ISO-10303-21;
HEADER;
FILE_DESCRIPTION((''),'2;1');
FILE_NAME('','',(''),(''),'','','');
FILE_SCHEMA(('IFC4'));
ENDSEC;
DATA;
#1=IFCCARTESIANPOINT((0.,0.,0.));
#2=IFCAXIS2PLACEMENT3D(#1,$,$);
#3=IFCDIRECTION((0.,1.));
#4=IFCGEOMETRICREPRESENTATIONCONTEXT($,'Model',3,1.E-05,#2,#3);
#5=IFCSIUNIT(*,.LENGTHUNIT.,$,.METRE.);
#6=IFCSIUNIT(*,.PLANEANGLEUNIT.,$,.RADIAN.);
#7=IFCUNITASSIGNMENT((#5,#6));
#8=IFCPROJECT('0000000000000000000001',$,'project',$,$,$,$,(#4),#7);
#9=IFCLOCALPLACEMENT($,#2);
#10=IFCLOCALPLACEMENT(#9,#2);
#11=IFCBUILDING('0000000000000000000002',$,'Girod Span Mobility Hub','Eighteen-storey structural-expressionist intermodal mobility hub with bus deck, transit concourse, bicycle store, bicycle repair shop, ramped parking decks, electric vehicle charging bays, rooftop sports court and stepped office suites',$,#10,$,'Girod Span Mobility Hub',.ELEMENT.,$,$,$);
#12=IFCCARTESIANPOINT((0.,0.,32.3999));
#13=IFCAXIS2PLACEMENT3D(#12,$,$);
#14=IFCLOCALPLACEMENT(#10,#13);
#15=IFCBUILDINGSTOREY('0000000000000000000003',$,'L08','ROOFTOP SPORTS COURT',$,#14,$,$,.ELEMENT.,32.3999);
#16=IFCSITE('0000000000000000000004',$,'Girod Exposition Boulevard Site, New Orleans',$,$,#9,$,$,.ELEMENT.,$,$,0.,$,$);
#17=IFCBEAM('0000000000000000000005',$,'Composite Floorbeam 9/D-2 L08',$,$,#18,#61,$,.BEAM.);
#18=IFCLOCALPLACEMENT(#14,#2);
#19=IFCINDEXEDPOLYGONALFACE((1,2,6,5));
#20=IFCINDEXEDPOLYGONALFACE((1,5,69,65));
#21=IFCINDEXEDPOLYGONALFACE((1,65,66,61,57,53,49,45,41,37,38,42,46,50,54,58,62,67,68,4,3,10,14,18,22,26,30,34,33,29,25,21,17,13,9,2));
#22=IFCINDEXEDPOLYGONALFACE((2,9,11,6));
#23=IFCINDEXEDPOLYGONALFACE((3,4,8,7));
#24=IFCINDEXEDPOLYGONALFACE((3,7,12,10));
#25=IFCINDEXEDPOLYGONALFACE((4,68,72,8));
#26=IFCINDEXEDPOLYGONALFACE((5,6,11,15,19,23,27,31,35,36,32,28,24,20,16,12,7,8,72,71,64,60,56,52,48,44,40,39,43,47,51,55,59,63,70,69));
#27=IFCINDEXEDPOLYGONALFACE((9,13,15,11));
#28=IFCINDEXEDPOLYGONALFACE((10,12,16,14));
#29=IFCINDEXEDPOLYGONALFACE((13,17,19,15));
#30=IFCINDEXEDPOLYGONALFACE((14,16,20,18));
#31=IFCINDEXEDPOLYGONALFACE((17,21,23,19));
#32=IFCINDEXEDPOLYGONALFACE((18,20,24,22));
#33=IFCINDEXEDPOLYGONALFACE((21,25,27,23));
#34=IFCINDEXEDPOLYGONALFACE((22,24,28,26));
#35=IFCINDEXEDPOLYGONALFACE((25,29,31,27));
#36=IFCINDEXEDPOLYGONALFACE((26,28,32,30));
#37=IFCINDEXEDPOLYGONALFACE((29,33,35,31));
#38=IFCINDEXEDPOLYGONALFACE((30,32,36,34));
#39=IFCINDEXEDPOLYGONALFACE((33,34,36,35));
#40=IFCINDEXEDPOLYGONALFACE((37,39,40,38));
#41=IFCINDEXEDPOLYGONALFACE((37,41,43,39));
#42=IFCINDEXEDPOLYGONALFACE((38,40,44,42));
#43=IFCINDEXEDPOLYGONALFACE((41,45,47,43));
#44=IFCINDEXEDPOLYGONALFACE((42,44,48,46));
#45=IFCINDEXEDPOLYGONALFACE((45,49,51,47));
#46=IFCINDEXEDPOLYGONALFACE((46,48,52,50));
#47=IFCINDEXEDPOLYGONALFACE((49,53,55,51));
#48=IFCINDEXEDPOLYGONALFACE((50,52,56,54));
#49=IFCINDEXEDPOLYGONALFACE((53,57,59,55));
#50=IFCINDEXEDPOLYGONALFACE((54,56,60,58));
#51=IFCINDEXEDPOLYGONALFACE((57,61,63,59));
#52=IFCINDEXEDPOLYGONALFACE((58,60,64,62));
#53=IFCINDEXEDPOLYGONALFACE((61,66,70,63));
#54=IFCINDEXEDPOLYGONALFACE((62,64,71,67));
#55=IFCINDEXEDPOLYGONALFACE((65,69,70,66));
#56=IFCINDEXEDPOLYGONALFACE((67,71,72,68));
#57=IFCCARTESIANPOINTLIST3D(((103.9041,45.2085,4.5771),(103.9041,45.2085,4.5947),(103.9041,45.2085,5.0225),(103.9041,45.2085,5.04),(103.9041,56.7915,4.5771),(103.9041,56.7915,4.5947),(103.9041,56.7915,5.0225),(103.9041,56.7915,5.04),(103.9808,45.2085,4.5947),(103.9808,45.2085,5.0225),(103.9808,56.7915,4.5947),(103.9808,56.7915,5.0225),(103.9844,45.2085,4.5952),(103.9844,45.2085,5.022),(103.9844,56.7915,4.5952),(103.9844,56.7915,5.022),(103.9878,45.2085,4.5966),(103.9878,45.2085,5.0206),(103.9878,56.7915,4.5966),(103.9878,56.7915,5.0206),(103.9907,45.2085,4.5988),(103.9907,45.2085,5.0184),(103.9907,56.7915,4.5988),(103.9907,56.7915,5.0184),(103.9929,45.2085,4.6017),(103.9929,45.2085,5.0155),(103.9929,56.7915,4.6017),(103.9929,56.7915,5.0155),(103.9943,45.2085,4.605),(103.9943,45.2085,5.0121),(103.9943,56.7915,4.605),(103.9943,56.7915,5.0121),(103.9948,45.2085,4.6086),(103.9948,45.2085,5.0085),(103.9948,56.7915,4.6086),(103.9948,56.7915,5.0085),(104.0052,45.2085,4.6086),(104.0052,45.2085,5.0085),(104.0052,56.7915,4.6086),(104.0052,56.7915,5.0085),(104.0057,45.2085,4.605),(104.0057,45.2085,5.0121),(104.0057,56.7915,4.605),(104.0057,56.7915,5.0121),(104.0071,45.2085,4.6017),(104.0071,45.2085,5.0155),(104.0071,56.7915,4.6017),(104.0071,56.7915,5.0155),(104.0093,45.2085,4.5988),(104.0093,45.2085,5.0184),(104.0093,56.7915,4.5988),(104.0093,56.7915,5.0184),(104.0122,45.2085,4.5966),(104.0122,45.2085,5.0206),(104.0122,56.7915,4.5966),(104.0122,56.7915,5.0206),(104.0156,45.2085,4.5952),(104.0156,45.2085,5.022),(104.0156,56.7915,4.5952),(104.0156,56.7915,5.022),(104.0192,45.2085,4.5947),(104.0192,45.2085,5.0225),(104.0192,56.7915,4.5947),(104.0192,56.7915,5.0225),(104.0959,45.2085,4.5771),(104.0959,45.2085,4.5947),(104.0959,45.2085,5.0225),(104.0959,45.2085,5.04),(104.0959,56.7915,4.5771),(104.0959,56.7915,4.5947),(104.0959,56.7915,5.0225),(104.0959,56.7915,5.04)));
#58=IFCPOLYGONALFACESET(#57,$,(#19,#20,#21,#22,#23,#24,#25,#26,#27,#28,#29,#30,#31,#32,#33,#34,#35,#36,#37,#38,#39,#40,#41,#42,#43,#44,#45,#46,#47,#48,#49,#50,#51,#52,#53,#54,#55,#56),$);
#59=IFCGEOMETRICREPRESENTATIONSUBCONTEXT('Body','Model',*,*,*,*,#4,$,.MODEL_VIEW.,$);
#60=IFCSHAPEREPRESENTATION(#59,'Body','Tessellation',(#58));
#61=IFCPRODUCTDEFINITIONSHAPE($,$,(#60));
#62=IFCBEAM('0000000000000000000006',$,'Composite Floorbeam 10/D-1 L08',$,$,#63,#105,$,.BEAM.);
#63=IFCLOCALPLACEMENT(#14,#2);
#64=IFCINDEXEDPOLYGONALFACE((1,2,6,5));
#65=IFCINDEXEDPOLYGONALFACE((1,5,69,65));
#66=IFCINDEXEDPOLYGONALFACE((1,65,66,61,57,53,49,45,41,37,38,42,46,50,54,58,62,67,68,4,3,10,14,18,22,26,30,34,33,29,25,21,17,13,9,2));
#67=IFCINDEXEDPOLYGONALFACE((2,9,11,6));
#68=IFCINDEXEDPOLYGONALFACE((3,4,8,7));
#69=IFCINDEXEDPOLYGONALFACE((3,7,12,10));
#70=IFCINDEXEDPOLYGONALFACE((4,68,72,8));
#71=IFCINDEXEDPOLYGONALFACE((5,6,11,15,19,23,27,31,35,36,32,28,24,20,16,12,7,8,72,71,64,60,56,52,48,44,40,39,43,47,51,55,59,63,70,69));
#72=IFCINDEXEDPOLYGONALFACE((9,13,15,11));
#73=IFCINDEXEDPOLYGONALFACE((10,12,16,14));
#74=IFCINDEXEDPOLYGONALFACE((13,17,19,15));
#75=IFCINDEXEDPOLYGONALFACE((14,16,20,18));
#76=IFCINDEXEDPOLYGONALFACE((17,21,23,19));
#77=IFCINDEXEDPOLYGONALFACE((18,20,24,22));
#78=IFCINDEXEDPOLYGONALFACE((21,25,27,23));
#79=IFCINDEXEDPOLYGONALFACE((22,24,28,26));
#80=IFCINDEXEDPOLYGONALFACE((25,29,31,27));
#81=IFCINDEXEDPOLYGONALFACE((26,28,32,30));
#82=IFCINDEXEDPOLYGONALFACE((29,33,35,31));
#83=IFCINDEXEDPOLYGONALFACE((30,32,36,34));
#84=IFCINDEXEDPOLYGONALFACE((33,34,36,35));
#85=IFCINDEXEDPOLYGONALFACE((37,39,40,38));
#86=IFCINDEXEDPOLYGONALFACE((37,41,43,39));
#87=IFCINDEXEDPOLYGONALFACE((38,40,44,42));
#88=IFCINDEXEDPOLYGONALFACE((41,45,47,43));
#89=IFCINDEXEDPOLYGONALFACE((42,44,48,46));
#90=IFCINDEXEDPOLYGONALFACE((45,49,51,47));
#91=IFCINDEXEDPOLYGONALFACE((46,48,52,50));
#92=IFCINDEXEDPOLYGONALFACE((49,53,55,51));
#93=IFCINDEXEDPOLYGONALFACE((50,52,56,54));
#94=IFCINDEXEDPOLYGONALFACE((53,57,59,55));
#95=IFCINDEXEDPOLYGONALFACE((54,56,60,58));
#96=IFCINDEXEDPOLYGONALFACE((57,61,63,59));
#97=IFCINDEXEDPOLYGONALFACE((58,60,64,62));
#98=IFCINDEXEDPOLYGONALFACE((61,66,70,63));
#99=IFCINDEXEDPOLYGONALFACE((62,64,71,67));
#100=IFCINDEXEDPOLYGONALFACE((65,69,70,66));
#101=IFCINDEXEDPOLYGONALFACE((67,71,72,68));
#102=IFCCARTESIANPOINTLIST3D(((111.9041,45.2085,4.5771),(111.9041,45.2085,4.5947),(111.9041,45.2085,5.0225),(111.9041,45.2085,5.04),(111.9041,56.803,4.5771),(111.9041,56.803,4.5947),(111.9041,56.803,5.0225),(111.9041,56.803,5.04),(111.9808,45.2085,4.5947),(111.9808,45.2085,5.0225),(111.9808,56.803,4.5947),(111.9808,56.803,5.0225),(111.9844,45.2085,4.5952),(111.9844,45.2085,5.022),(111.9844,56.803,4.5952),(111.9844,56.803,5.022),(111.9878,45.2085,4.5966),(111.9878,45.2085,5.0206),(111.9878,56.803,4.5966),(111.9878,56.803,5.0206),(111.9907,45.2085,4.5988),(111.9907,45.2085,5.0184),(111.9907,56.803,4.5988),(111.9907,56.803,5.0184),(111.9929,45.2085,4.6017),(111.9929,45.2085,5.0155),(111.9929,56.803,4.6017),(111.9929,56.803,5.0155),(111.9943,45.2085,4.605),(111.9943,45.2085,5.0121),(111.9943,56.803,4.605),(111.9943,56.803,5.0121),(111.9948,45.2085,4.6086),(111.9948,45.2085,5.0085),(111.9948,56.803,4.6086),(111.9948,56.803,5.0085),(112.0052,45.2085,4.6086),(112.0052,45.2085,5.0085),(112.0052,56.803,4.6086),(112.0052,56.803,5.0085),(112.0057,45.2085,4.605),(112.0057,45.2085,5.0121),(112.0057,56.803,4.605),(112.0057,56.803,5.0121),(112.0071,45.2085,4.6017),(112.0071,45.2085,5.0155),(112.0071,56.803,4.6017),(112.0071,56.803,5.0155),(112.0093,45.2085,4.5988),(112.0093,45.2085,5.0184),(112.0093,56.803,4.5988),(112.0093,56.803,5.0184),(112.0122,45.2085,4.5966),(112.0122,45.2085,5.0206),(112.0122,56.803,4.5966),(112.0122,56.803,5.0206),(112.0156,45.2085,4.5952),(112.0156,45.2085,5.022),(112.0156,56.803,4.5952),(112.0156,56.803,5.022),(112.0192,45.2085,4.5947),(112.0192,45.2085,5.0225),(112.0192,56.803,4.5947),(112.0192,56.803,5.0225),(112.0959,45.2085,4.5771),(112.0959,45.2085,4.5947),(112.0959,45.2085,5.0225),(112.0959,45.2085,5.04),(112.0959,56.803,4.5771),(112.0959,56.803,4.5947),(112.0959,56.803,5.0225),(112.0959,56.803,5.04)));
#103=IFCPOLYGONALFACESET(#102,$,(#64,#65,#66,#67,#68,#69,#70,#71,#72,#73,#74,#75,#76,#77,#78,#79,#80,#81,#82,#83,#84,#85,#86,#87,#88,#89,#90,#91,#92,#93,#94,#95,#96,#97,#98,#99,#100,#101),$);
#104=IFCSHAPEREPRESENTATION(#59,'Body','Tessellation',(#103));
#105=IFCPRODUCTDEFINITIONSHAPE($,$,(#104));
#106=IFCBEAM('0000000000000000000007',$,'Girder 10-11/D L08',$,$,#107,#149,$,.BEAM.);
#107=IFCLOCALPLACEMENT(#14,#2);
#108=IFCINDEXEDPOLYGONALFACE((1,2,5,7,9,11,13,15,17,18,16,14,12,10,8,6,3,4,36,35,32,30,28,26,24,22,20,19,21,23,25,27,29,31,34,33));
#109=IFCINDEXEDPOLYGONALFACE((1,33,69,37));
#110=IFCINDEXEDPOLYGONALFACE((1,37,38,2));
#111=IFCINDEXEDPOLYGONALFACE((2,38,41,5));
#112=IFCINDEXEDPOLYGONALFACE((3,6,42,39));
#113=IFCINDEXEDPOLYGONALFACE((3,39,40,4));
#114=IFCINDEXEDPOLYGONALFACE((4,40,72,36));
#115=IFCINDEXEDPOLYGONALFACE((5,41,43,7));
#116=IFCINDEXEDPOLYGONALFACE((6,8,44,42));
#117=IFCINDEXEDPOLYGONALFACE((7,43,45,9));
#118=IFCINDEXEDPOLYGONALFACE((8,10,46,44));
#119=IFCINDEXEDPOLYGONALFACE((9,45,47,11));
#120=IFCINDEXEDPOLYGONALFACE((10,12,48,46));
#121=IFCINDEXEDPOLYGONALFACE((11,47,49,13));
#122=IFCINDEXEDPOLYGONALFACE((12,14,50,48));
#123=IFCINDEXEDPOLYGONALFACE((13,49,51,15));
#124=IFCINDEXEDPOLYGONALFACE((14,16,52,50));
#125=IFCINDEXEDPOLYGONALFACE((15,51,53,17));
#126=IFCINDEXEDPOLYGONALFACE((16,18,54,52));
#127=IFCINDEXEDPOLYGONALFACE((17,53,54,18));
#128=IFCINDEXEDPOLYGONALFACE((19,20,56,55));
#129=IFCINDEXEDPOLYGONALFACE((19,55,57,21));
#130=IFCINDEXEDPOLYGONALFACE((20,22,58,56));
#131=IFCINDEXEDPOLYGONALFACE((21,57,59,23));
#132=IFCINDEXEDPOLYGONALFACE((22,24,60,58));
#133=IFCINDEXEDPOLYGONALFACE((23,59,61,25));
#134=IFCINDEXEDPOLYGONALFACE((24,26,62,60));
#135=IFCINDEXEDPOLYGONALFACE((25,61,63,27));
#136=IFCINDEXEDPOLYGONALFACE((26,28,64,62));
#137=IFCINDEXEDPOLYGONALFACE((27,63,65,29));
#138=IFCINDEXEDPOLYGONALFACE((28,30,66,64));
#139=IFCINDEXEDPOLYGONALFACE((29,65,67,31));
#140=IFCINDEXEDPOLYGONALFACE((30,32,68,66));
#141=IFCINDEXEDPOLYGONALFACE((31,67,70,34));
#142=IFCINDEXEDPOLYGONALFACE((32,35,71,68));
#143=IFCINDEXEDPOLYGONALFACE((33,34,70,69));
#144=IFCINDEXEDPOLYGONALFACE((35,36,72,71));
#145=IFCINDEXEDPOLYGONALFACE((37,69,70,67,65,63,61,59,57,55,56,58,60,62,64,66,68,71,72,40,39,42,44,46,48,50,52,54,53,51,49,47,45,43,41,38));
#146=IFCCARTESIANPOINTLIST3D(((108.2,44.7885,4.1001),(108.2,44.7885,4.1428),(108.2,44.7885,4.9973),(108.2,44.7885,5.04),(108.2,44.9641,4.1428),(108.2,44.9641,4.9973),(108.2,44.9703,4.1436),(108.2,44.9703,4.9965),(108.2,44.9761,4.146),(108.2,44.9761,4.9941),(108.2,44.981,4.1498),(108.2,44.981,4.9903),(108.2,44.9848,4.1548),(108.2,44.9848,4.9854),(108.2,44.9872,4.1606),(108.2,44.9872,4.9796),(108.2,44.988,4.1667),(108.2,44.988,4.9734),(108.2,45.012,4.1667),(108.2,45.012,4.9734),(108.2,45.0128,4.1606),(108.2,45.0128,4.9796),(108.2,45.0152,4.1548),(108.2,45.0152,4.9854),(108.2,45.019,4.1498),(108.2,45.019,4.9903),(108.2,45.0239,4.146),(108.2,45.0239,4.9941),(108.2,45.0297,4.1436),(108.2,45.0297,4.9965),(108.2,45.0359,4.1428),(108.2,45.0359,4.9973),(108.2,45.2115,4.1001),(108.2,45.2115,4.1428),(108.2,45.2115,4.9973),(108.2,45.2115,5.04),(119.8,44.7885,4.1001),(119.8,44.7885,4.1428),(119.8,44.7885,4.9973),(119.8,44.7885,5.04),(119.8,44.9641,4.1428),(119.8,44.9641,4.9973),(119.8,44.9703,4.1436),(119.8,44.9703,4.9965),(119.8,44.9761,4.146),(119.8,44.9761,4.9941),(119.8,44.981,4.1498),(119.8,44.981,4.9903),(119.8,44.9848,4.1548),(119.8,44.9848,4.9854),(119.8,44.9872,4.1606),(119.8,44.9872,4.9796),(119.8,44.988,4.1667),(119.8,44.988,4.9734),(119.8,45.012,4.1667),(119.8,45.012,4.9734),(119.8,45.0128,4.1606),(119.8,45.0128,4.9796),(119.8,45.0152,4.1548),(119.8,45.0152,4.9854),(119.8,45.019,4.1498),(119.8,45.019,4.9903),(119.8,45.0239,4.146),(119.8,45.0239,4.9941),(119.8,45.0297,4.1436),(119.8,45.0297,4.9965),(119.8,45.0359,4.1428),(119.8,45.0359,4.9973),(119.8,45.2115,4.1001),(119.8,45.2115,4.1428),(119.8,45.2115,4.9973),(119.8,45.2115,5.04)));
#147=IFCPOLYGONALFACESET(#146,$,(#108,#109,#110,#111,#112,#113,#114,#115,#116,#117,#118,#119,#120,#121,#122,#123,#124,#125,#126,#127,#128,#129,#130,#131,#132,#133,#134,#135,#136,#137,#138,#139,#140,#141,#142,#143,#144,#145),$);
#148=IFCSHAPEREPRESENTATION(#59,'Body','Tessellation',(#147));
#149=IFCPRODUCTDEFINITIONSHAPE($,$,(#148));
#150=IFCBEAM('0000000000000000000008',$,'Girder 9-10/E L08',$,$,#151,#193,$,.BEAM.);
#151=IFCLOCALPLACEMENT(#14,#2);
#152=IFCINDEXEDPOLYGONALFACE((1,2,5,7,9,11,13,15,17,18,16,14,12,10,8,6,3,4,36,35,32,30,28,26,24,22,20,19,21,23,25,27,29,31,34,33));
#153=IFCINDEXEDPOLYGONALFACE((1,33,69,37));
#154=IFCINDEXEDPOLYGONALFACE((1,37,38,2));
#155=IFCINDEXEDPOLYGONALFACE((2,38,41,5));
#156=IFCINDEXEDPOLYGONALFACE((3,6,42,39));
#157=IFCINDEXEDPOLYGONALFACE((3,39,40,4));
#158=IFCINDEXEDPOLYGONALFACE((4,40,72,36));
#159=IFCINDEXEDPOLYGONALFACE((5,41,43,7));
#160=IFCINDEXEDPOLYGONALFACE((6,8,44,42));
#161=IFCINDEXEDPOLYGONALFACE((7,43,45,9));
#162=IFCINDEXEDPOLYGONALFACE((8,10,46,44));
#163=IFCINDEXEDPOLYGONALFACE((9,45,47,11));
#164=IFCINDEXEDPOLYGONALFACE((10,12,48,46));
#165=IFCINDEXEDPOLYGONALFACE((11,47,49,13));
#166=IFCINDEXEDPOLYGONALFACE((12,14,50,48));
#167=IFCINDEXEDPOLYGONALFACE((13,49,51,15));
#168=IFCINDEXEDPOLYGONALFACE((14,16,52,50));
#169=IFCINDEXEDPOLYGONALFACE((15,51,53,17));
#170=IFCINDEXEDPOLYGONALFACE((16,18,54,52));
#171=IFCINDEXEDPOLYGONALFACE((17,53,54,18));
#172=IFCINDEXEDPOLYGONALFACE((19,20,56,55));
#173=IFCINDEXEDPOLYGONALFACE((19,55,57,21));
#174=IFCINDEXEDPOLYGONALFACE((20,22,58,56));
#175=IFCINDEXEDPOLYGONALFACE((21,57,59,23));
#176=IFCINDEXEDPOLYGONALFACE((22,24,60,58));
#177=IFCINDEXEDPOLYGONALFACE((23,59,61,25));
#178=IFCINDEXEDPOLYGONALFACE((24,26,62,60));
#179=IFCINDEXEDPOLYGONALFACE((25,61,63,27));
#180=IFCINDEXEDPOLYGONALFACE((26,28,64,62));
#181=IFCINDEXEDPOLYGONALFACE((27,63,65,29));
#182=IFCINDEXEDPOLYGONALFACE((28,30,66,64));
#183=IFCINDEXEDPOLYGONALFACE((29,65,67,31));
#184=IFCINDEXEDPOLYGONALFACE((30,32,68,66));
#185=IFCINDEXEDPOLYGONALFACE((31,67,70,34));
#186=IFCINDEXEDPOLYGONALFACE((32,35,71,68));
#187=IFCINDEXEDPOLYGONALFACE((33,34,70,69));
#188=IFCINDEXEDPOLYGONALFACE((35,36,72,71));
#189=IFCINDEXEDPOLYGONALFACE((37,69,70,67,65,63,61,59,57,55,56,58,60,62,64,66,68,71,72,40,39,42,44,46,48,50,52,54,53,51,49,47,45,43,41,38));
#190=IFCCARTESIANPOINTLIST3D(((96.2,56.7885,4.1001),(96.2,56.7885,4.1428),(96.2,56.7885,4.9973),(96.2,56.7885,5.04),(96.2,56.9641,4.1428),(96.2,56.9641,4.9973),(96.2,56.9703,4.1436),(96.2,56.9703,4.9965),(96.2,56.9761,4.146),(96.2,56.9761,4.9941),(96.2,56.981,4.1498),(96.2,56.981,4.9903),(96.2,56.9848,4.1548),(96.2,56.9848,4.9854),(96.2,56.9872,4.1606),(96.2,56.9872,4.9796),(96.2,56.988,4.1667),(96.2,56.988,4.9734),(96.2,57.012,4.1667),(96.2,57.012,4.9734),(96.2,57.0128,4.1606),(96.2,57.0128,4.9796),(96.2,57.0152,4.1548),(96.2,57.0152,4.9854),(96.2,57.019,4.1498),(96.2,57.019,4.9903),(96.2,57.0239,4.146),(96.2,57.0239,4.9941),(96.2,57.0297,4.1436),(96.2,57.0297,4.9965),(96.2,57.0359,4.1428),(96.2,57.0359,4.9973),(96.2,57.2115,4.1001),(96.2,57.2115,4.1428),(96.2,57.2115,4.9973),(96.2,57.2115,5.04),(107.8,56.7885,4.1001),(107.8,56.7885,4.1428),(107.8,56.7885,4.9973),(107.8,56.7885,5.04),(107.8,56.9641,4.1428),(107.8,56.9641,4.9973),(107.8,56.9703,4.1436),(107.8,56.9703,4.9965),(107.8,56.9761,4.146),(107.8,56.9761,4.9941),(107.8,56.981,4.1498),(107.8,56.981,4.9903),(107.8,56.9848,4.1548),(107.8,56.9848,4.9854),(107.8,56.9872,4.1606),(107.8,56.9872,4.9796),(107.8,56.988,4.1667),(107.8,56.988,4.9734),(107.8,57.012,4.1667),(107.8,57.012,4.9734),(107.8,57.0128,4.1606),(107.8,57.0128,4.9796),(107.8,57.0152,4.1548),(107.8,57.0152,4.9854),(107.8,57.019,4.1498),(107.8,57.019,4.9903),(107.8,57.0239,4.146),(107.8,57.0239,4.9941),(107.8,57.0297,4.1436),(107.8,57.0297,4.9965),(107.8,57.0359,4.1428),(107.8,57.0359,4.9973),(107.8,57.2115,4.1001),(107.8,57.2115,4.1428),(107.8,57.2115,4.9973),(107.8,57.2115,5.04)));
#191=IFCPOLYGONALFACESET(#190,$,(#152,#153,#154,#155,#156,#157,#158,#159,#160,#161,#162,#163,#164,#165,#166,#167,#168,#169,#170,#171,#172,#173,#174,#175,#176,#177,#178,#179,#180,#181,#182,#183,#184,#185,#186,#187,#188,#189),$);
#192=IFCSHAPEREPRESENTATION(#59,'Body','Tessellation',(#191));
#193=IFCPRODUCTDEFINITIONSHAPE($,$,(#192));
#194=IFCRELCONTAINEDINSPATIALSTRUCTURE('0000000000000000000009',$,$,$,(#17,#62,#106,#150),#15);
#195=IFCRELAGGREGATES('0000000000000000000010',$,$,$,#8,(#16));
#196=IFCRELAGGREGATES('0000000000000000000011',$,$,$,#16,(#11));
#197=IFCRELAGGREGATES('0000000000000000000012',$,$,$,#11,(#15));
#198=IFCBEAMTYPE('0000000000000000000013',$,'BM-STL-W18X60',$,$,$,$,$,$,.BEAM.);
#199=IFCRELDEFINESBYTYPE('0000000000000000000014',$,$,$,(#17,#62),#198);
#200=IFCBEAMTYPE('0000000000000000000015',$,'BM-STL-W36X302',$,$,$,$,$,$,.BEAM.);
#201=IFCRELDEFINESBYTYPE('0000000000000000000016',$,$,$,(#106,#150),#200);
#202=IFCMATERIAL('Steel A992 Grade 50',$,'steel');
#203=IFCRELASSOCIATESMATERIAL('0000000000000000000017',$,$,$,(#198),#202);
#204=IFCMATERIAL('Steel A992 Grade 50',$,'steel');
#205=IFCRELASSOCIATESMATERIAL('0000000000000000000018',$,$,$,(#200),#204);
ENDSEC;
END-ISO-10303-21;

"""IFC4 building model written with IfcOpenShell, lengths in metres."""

from ifc_helpers import new_model, si_unit, direction, frame, origin, origin_2d, place, context, subcontext, project, spatial, i_section, extrude, material, material_profile, profile_set, type_object, element, save


model = new_model("IFC4")

# Units and contexts
model_context = context("Model", 3, precision=1e-05, world=origin(), true_north=direction((0.0, 1.0)))
body_context = subcontext(model_context, "Body", "Model", "MODEL_VIEW")
ifc_project = project(units=[si_unit("LENGTHUNIT", "METRE"), si_unit("PLANEANGLEUNIT", "RADIAN")], contexts=[model_context])

# Site, building, storey
site_placement = place(None, origin())
site = spatial("IfcSite", under=ifc_project, at=site_placement, Name="Girod Exposition Boulevard Site, New Orleans", CompositionType="ELEMENT", RefElevation=0.0)
building_placement = place(site_placement, origin())
building = spatial("IfcBuilding", under=site, at=building_placement, Name="Girod Span Mobility Hub", Description="Eighteen-storey structural-expressionist intermodal mobility hub with bus deck, transit concourse, bicycle store, bicycle repair shop, ramped parking decks, electric vehicle charging bays, rooftop sports court and stepped office suites", LongName="Girod Span Mobility Hub", CompositionType="ELEMENT")
storey_placement = place(building_placement, frame((0.0, 0.0, 32.3999)))
storey = spatial("IfcBuildingStorey", under=building, at=storey_placement, Name="L08", Description="ROOFTOP SPORTS COURT", CompositionType="ELEMENT", Elevation=32.3999)

# Beams
ifc_material_1 = material(Name="Steel A992 Grade 50", Category="steel")
ifc_material_profile_1 = material_profile(ifc_material_1, i_section(OverallWidth=0.1919, OverallDepth=0.4629, WebThickness=0.0105, FlangeThickness=0.0176, FilletRadius=0.0139, at=origin_2d()), Name="W18X60")
ifc_profile_set_1 = profile_set([ifc_material_profile_1], Name="Steel A992 Grade 50")
beam_type_1 = type_object("IfcBeamType", Name="BM-STL-W18X60", PredefinedType="BEAM", material=ifc_profile_set_1)
for number, where, z_axis, x_axis, name in (
    (1, (104.0, 45.2085, 4.8086), (0.0, 1.0, 0.0), (-1.0, 0.0, 0.0), "Composite Floorbeam 9/D-2 L08"),
):
    element("IfcBeam", number, at=place(storey_placement, frame(where, z_axis=z_axis, x_axis=x_axis)), inside=storey, type_object=beam_type_1, Name=name, PredefinedType="BEAM", context=body_context, shape_type="SweptSolid", body=[
        extrude(i_section(OverallWidth=0.1919, OverallDepth=0.4629, WebThickness=0.0105, FlangeThickness=0.0176, FilletRadius=0.0139, at=origin_2d()), origin(), (0.0, 0.0, 1.0), 11.583),
    ])
beam_placement = place(storey_placement, frame((112.0, 45.2085, 4.8086), z_axis=(0.0, 1.0, 0.0), x_axis=(-1.0, 0.0, 0.0)))
element("IfcBeam", 2, at=beam_placement, inside=storey, type_object=beam_type_1, Name="Composite Floorbeam 10/D-1 L08", PredefinedType="BEAM", context=body_context, shape_type="SweptSolid", body=[
    extrude(i_section(OverallWidth=0.1919, OverallDepth=0.4629, WebThickness=0.0105, FlangeThickness=0.0176, FilletRadius=0.0139, at=origin_2d()), origin(), (0.0, 0.0, 1.0), 11.5945),
])
ifc_material_2 = material(Name="Steel A992 Grade 50", Category="steel")
ifc_material_profile_2 = material_profile(ifc_material_2, i_section(OverallWidth=0.4231, OverallDepth=0.9399, WebThickness=0.0239, FlangeThickness=0.0427, FilletRadius=0.0239, at=origin_2d()), Name="W36X302")
ifc_profile_set_2 = profile_set([ifc_material_profile_2], Name="Steel A992 Grade 50")
beam_type_2 = type_object("IfcBeamType", Name="BM-STL-W36X302", PredefinedType="BEAM", material=ifc_profile_set_2)
for number, where, z_axis, x_axis, name in (
    (3, (108.2, 45.0, 4.5701), (1.0, 0.0, 0.0), (0.0, 1.0, 0.0), "Girder 10-11/D L08"),
    (4, (96.2, 57.0, 4.5701), (1.0, 0.0, 0.0), (0.0, 1.0, 0.0), "Girder 9-10/E L08"),
):
    element("IfcBeam", number, at=place(storey_placement, frame(where, z_axis=z_axis, x_axis=x_axis)), inside=storey, type_object=beam_type_2, Name=name, PredefinedType="BEAM", context=body_context, shape_type="SweptSolid", body=[
        extrude(i_section(OverallWidth=0.4231, OverallDepth=0.9399, WebThickness=0.0239, FlangeThickness=0.0427, FilletRadius=0.0239, at=origin_2d()), origin(), (0.0, 0.0, 1.0), 11.6001),
    ])

save(model, "model.ifc")
